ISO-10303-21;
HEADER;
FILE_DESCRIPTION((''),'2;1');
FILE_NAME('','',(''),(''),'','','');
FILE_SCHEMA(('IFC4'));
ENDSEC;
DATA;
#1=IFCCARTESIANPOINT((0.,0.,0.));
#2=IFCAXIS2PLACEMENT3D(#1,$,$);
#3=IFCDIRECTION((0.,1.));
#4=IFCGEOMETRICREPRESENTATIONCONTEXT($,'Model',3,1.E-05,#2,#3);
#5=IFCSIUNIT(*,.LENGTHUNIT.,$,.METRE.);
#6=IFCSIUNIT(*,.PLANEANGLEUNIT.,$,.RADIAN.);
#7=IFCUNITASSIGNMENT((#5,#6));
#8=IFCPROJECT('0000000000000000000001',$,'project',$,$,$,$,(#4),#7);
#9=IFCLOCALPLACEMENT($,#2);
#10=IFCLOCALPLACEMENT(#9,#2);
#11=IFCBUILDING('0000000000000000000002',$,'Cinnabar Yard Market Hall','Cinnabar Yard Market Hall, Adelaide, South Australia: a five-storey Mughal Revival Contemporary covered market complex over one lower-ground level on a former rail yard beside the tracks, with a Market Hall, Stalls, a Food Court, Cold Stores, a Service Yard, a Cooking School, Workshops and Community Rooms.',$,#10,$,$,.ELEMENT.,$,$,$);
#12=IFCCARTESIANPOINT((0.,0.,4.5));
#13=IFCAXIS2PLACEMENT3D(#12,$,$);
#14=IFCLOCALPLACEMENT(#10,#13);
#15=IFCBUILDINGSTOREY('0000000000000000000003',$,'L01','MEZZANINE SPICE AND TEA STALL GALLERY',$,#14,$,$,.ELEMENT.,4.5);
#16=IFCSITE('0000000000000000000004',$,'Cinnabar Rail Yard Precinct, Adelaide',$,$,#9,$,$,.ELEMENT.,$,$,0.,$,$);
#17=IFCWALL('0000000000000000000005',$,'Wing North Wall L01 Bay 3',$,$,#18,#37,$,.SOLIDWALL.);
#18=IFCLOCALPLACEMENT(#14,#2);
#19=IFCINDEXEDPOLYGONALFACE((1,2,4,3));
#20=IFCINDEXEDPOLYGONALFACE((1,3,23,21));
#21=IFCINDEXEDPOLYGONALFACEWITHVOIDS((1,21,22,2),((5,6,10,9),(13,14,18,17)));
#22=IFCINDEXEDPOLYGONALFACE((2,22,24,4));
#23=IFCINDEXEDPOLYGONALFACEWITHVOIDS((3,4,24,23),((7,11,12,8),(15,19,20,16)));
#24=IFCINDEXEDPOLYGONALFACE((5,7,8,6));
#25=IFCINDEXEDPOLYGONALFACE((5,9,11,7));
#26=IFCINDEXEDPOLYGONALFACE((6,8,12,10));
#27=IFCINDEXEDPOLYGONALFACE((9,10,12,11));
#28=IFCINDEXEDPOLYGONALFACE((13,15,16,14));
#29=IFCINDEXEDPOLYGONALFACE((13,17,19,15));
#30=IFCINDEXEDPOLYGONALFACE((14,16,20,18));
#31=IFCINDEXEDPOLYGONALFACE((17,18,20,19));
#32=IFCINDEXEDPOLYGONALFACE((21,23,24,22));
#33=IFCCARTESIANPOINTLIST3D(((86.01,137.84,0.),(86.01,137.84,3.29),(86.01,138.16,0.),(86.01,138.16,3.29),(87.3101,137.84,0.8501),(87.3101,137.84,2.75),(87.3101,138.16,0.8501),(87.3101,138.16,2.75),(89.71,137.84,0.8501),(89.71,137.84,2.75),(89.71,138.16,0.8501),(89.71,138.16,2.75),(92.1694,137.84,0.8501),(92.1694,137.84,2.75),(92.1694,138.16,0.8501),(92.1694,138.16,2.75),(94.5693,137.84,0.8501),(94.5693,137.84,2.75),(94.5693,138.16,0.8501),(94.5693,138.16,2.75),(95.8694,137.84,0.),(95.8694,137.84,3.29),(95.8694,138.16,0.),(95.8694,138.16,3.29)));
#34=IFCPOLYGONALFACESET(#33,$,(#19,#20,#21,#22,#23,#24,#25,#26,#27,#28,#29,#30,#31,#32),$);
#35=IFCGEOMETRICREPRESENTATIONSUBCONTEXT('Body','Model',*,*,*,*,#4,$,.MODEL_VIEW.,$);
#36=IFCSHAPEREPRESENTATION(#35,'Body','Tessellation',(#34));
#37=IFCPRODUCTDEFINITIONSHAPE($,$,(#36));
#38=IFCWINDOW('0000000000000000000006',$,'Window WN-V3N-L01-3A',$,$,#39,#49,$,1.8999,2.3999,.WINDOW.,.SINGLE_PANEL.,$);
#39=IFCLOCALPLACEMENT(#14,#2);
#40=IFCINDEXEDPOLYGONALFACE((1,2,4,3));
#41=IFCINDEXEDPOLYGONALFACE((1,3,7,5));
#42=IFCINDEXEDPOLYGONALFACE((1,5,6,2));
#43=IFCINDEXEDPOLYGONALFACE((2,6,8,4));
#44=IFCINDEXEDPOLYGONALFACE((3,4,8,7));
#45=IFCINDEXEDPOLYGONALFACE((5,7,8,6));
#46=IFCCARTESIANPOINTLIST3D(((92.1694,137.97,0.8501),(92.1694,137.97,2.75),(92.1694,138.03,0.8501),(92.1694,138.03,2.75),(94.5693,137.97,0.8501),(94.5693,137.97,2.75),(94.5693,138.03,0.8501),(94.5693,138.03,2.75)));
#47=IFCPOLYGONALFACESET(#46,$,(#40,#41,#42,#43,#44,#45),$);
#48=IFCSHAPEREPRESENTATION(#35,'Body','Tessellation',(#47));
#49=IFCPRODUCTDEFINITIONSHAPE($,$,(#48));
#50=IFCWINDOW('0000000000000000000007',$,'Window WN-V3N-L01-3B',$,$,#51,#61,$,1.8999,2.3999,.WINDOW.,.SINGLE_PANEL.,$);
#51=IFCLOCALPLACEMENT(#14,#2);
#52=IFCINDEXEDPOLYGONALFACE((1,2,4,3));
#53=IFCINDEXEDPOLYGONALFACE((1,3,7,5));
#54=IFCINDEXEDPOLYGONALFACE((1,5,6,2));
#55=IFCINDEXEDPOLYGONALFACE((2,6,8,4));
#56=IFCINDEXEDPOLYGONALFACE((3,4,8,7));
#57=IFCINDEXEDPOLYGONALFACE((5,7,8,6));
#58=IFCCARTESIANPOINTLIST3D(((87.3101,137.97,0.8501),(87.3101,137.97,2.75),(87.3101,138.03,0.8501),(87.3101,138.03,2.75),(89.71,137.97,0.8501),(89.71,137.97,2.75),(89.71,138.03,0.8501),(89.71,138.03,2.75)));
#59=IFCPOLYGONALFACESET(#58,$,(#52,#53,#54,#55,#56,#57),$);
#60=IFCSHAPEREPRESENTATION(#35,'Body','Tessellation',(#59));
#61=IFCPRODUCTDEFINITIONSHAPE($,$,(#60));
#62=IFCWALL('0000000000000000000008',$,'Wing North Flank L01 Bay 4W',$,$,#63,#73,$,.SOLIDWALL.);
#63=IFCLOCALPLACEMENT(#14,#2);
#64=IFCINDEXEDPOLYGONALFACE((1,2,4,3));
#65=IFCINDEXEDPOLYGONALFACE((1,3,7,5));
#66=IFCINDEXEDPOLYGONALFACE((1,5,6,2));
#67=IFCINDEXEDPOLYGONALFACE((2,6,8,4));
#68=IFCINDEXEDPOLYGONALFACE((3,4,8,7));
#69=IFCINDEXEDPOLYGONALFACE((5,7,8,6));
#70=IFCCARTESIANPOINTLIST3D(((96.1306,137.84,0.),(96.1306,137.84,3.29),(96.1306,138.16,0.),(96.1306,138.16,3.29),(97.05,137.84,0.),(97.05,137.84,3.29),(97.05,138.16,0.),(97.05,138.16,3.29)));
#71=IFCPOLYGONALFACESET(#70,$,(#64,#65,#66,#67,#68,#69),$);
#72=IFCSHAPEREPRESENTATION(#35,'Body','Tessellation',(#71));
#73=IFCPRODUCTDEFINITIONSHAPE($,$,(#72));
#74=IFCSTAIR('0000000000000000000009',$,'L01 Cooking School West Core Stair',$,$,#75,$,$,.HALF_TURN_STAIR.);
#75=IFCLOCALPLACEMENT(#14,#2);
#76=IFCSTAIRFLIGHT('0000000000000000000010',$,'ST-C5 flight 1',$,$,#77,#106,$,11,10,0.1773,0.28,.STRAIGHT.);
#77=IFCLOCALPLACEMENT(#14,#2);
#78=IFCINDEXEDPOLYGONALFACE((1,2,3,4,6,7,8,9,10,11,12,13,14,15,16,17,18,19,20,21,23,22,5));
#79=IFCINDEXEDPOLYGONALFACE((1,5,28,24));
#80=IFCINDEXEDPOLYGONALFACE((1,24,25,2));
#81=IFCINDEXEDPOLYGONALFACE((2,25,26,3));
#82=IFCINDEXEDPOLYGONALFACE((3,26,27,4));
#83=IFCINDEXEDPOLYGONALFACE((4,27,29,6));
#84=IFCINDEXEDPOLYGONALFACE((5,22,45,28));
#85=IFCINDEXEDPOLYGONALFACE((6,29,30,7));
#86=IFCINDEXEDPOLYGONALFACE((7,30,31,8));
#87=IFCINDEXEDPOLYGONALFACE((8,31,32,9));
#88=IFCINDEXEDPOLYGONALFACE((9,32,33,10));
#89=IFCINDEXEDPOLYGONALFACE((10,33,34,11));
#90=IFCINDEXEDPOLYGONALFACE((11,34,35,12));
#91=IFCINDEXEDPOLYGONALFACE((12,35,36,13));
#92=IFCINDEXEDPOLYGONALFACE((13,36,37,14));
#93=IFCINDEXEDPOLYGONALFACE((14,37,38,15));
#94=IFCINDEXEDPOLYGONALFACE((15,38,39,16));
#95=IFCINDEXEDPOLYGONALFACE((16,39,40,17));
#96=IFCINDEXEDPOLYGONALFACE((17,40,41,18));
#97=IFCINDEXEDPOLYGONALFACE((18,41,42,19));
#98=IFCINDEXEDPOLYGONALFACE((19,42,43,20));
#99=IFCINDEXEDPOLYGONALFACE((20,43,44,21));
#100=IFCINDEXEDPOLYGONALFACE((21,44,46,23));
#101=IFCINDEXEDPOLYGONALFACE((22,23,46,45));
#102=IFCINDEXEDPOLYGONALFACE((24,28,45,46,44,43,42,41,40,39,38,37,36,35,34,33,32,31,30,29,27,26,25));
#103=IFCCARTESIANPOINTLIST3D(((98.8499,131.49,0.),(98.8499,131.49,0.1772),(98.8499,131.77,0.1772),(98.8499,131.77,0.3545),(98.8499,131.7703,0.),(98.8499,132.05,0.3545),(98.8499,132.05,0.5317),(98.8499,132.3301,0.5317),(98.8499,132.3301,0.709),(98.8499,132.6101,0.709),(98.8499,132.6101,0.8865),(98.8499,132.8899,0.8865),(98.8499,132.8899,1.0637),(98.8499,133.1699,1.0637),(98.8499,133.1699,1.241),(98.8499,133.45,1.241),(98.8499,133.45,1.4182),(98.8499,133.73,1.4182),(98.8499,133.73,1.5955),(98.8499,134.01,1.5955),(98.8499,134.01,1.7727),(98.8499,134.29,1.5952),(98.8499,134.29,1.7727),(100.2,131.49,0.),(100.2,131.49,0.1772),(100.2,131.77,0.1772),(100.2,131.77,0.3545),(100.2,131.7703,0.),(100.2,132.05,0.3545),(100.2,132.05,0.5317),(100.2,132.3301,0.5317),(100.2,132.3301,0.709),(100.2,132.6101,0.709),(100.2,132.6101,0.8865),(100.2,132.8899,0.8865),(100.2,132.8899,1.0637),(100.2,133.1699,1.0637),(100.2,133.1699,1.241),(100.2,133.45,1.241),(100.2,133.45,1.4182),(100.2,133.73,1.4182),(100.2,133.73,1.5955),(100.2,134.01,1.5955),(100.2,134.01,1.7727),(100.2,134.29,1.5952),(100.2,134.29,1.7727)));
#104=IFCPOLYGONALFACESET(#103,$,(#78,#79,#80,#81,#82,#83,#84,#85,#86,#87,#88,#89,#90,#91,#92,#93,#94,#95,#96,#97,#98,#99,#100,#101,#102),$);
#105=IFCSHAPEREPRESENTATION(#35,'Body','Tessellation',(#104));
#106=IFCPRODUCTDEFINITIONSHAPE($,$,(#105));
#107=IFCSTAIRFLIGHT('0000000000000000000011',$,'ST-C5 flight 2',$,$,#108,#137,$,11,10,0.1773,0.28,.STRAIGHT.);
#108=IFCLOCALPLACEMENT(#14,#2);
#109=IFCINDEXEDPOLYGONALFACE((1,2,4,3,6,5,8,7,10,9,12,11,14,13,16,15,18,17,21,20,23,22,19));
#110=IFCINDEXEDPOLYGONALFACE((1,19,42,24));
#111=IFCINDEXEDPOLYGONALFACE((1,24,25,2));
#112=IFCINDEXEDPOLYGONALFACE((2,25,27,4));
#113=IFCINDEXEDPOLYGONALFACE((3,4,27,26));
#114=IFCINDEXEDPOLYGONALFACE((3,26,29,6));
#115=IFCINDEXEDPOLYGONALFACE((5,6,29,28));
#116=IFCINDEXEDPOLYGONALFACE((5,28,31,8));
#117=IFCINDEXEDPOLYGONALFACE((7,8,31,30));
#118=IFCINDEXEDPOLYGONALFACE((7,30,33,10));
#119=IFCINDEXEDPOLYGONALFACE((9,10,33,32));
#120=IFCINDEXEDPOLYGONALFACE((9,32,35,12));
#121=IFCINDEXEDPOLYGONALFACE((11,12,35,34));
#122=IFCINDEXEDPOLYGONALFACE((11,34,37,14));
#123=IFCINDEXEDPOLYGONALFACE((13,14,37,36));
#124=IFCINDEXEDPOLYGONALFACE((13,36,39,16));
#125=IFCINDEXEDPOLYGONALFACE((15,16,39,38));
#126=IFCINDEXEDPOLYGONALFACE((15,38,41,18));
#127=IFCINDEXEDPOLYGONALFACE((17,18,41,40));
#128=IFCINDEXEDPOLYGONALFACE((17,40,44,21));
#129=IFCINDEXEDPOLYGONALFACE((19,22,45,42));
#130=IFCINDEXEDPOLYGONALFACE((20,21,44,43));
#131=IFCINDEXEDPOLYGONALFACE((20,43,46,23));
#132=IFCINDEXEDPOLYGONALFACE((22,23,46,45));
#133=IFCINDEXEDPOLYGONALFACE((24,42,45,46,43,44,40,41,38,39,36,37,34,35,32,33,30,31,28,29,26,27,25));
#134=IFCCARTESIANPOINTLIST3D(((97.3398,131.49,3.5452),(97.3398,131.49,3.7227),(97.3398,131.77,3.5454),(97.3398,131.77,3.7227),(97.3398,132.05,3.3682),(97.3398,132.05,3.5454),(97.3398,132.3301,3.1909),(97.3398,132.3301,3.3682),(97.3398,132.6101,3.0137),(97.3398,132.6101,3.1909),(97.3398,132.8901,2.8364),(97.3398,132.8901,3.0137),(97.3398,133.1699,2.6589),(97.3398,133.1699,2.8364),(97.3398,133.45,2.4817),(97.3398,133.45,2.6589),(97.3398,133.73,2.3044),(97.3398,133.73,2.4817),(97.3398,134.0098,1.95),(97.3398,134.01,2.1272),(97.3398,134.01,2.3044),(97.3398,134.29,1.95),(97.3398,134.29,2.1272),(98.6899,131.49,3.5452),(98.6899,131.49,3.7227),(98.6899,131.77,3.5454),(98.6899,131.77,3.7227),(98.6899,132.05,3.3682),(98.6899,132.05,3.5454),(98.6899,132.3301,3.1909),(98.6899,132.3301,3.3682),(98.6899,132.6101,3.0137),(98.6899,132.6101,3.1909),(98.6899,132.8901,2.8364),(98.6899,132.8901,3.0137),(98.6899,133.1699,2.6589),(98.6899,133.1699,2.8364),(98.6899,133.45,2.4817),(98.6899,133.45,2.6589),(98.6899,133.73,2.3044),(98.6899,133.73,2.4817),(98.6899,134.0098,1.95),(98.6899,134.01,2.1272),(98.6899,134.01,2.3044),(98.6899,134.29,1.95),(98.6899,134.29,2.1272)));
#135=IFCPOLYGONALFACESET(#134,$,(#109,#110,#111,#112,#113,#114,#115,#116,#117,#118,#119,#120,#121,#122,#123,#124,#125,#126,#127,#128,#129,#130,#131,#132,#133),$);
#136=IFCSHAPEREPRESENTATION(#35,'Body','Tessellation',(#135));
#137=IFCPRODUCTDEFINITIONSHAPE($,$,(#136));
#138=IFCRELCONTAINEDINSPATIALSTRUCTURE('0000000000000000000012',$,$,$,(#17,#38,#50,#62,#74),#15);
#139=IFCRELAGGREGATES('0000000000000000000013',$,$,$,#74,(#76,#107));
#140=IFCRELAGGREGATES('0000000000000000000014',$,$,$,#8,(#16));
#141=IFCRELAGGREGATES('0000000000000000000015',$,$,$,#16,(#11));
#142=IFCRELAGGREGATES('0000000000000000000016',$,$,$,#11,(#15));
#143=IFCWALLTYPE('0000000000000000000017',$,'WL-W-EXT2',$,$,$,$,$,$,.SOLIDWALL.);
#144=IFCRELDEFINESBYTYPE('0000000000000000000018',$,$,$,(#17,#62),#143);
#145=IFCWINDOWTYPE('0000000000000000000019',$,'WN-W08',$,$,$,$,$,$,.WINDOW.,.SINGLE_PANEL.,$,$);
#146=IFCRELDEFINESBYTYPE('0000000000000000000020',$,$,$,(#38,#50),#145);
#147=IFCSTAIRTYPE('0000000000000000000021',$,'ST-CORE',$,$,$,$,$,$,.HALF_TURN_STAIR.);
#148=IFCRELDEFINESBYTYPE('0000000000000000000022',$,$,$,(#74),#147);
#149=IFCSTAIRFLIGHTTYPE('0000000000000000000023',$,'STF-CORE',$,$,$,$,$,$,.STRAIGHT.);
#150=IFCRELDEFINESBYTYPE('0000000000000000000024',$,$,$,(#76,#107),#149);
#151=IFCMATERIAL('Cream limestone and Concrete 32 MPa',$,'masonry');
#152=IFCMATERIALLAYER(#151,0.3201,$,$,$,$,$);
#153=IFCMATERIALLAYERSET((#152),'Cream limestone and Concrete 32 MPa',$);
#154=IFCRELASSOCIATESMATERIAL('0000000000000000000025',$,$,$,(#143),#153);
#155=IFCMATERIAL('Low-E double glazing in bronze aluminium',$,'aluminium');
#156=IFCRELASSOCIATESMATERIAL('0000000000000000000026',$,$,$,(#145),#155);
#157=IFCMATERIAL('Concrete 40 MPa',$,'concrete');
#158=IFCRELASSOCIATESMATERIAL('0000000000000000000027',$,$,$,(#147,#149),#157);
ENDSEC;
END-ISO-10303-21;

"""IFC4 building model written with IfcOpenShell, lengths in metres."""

from ifc_helpers import new_model, si_unit, direction, frame, frame_2d, origin, place, context, subcontext, project, spatial, polyline, rectangle, outline, extrude, material, layer, layer_set, type_object, element, fill, aggregate, save


model = new_model("IFC4")

# Units and contexts
model_context = context("Model", 3, precision=1e-05, world=origin(), true_north=direction((0.0, 1.0)))
body_context = subcontext(model_context, "Body", "Model", "MODEL_VIEW")
ifc_project = project(units=[si_unit("LENGTHUNIT", "METRE"), si_unit("PLANEANGLEUNIT", "RADIAN")], contexts=[model_context])

# Site, building, storey
site_placement = place(None, origin())
site = spatial("IfcSite", under=ifc_project, at=site_placement, Name="Cinnabar Rail Yard Precinct, Adelaide", CompositionType="ELEMENT", RefElevation=0.0)
building_placement = place(site_placement, origin())
building = spatial("IfcBuilding", under=site, at=building_placement, Name="Cinnabar Yard Market Hall", Description="Cinnabar Yard Market Hall, Adelaide, South Australia: a five-storey Mughal Revival Contemporary covered market complex over one lower-ground level on a former rail yard beside the tracks, with a Market Hall, Stalls, a Food Court, Cold Stores, a Service Yard, a Cooking School, Workshops and Community Rooms.", CompositionType="ELEMENT")
storey_placement = place(building_placement, frame((0.0, 0.0, 4.5)))
storey = spatial("IfcBuildingStorey", under=building, at=storey_placement, Name="L01", Description="MEZZANINE SPICE AND TEA STALL GALLERY", CompositionType="ELEMENT", Elevation=4.5)

# Shared definitions
ifc_material_1 = material(Name="Concrete 40 MPa", Category="concrete")

# Wall, openings, windows
ifc_material_2 = material(Name="Cream limestone and Concrete 32 MPa", Category="masonry")
ifc_layer_1 = layer(ifc_material_2, 0.3201)
ifc_layer_set_1 = layer_set([ifc_layer_1], Name="Cream limestone and Concrete 32 MPa")
wall_type_1 = type_object("IfcWallType", Name="WL-W-EXT2", PredefinedType="SOLIDWALL", material=ifc_layer_set_1)
wall_1_placement = place(storey_placement, frame((95.8694, 138.0, 0.0), z_axis=(0.0, 0.0, 1.0), x_axis=(-1.0, 0.0, 0.0)))
wall_1 = element("IfcWall", 1, at=wall_1_placement, inside=storey, type_object=wall_type_1, Name="Wing North Wall L01 Bay 3", PredefinedType="SOLIDWALL", context=body_context, shape_type="SweptSolid", body=[
    extrude(rectangle(XDim=9.8594, YDim=0.3201, at=frame_2d((4.9297, 0.0), x_axis=(1.0, 0.0))), origin(), (0.0, 0.0, 1.0), 3.29),
])
opening_1_placement = place(wall_1_placement, frame((1.3, 0.0, 0.8501)))
opening_1 = element("IfcOpeningElement", 2, at=opening_1_placement, cuts=wall_1, PredefinedType="OPENING", context=body_context, shape_type="SweptSolid", body=[
    extrude(rectangle(XDim=2.3999, YDim=1.8999, at=frame_2d((1.2, 0.95), x_axis=(1.0, 0.0))), frame((0.0, 0.1699, 0.0), z_axis=(0.0, -1.0, 0.0), x_axis=(1.0, 0.0, 0.0)), (0.0, 0.0, 1.0), 0.3401),
])
opening_2_placement = place(wall_1_placement, frame((6.1594, 0.0, 0.8501)))
opening_2 = element("IfcOpeningElement", 3, at=opening_2_placement, cuts=wall_1, PredefinedType="OPENING", context=body_context, shape_type="SweptSolid", body=[
    extrude(rectangle(XDim=2.3999, YDim=1.8999, at=frame_2d((1.2, 0.95), x_axis=(1.0, 0.0))), frame((0.0, 0.1699, 0.0), z_axis=(0.0, -1.0, 0.0), x_axis=(1.0, 0.0, 0.0)), (0.0, 0.0, 1.0), 0.3401),
])
ifc_material_3 = material(Name="Low-E double glazing in bronze aluminium", Category="aluminium")
window_type = type_object("IfcWindowType", Name="WN-W08", PartitioningType="SINGLE_PANEL", PredefinedType="WINDOW", material=ifc_material_3)
window_1_placement = place(opening_1_placement, origin())
window_1 = element("IfcWindow", 4, at=window_1_placement, inside=storey, type_object=window_type, Name="Window WN-V3N-L01-3A", OverallHeight=1.8999, OverallWidth=2.3999, PartitioningType="SINGLE_PANEL", PredefinedType="WINDOW", context=body_context, shape_type="SweptSolid", body=[
    extrude(rectangle(XDim=2.3999, YDim=1.8999, at=frame_2d((1.2, 0.95), x_axis=(1.0, 0.0))), frame((0.0, 0.03, 0.0), z_axis=(0.0, -1.0, 0.0), x_axis=(1.0, 0.0, 0.0)), (0.0, 0.0, 1.0), 0.0601),
])
fill(opening_1, window_1)
window_2_placement = place(opening_2_placement, origin())
window_2 = element("IfcWindow", 5, at=window_2_placement, inside=storey, type_object=window_type, Name="Window WN-V3N-L01-3B", OverallHeight=1.8999, OverallWidth=2.3999, PartitioningType="SINGLE_PANEL", PredefinedType="WINDOW", context=body_context, shape_type="SweptSolid", body=[
    extrude(rectangle(XDim=2.3999, YDim=1.8999, at=frame_2d((1.2, 0.95), x_axis=(1.0, 0.0))), frame((0.0, 0.03, 0.0), z_axis=(0.0, -1.0, 0.0), x_axis=(1.0, 0.0, 0.0)), (0.0, 0.0, 1.0), 0.0601),
])
fill(opening_2, window_2)

# Wall
wall_2_placement = place(storey_placement, frame((97.05, 138.0, 0.0), z_axis=(0.0, 0.0, 1.0), x_axis=(-1.0, 0.0, 0.0)))
element("IfcWall", 6, at=wall_2_placement, inside=storey, type_object=wall_type_1, Name="Wing North Flank L01 Bay 4W", PredefinedType="SOLIDWALL", context=body_context, shape_type="SweptSolid", body=[
    extrude(rectangle(XDim=0.9194, YDim=0.3201, at=frame_2d((0.4597, 0.0), x_axis=(1.0, 0.0))), origin(), (0.0, 0.0, 1.0), 3.29),
])

# Stair, stair flights
stair_type = type_object("IfcStairType", Name="ST-CORE", PredefinedType="HALF_TURN_STAIR", material=ifc_material_1)
stair_placement = place(storey_placement, origin())
stair = element("IfcStair", 7, at=stair_placement, inside=storey, type_object=stair_type, Name="L01 Cooking School West Core Stair", PredefinedType="HALF_TURN_STAIR")
stair_flight_type = type_object("IfcStairFlightType", Name="STF-CORE", PredefinedType="STRAIGHT", material=ifc_material_1)
stair_flight_1_placement = place(storey_placement, frame((99.5249, 131.49, 0.0), z_axis=(0.0, 0.0, 1.0), x_axis=(0.0, 1.0, 0.0)))
stair_flight_1 = element("IfcStairFlight", 8, at=stair_flight_1_placement, type_object=stair_flight_type, Name="ST-C5 flight 1", NumberOfRisers=11, NumberOfTreads=10, PredefinedType="STRAIGHT", RiserHeight=0.1773, TreadLength=0.28, context=body_context, shape_type="SweptSolid", body=[
    extrude(outline(polyline([(0.0, 0.0), (0.0, 0.1772), (0.28, 0.1772), (0.28, 0.3545), (0.5601, 0.3545), (0.5601, 0.5317), (0.8401, 0.5317), (0.8401, 0.709), (1.1201, 0.709), (1.1201, 0.8865), (1.3999, 0.8865), (1.3999, 1.0637), (1.6799, 1.0637), (1.6799, 1.241), (1.96, 1.241), (1.96, 1.4182), (2.24, 1.4182), (2.24, 1.5955), (2.52, 1.5955), (2.52, 1.7727), (2.8, 1.7727), (2.8, 1.95), (2.8, 1.5952), (0.2803, 0.0), (0.0, 0.0)])), frame((0.0, 0.675, 0.0), z_axis=(0.0, -1.0, 0.0), x_axis=(1.0, 0.0, 0.0)), (0.0, 0.0, 1.0), 1.3501),
])
stair_flight_2_placement = place(storey_placement, frame((98.0149, 134.29, 1.95), z_axis=(0.0, 0.0, 1.0), x_axis=(0.0, -1.0, 0.0)))
stair_flight_2 = element("IfcStairFlight", 9, at=stair_flight_2_placement, type_object=stair_flight_type, Name="ST-C5 flight 2", NumberOfRisers=11, NumberOfTreads=10, PredefinedType="STRAIGHT", RiserHeight=0.1773, TreadLength=0.28, context=body_context, shape_type="SweptSolid", body=[
    extrude(outline(polyline([(0.0, 0.0), (0.0, 0.1772), (0.28, 0.1772), (0.28, 0.3545), (0.5601, 0.3545), (0.5601, 0.5317), (0.8401, 0.5317), (0.8401, 0.709), (1.1201, 0.709), (1.1201, 0.8865), (1.3999, 0.8865), (1.3999, 1.0637), (1.6799, 1.0637), (1.6799, 1.241), (1.96, 1.241), (1.96, 1.4182), (2.24, 1.4182), (2.24, 1.5955), (2.52, 1.5955), (2.52, 1.7727), (2.8, 1.7727), (2.8, 1.95), (2.8, 1.5952), (0.2803, 0.0), (0.0, 0.0)])), frame((0.0, 0.675, 0.0), z_axis=(0.0, -1.0, 0.0), x_axis=(1.0, 0.0, 0.0)), (0.0, 0.0, 1.0), 1.3501),
])
aggregate(stair, [stair_flight_1, stair_flight_2])

save(model, "model.ifc")
